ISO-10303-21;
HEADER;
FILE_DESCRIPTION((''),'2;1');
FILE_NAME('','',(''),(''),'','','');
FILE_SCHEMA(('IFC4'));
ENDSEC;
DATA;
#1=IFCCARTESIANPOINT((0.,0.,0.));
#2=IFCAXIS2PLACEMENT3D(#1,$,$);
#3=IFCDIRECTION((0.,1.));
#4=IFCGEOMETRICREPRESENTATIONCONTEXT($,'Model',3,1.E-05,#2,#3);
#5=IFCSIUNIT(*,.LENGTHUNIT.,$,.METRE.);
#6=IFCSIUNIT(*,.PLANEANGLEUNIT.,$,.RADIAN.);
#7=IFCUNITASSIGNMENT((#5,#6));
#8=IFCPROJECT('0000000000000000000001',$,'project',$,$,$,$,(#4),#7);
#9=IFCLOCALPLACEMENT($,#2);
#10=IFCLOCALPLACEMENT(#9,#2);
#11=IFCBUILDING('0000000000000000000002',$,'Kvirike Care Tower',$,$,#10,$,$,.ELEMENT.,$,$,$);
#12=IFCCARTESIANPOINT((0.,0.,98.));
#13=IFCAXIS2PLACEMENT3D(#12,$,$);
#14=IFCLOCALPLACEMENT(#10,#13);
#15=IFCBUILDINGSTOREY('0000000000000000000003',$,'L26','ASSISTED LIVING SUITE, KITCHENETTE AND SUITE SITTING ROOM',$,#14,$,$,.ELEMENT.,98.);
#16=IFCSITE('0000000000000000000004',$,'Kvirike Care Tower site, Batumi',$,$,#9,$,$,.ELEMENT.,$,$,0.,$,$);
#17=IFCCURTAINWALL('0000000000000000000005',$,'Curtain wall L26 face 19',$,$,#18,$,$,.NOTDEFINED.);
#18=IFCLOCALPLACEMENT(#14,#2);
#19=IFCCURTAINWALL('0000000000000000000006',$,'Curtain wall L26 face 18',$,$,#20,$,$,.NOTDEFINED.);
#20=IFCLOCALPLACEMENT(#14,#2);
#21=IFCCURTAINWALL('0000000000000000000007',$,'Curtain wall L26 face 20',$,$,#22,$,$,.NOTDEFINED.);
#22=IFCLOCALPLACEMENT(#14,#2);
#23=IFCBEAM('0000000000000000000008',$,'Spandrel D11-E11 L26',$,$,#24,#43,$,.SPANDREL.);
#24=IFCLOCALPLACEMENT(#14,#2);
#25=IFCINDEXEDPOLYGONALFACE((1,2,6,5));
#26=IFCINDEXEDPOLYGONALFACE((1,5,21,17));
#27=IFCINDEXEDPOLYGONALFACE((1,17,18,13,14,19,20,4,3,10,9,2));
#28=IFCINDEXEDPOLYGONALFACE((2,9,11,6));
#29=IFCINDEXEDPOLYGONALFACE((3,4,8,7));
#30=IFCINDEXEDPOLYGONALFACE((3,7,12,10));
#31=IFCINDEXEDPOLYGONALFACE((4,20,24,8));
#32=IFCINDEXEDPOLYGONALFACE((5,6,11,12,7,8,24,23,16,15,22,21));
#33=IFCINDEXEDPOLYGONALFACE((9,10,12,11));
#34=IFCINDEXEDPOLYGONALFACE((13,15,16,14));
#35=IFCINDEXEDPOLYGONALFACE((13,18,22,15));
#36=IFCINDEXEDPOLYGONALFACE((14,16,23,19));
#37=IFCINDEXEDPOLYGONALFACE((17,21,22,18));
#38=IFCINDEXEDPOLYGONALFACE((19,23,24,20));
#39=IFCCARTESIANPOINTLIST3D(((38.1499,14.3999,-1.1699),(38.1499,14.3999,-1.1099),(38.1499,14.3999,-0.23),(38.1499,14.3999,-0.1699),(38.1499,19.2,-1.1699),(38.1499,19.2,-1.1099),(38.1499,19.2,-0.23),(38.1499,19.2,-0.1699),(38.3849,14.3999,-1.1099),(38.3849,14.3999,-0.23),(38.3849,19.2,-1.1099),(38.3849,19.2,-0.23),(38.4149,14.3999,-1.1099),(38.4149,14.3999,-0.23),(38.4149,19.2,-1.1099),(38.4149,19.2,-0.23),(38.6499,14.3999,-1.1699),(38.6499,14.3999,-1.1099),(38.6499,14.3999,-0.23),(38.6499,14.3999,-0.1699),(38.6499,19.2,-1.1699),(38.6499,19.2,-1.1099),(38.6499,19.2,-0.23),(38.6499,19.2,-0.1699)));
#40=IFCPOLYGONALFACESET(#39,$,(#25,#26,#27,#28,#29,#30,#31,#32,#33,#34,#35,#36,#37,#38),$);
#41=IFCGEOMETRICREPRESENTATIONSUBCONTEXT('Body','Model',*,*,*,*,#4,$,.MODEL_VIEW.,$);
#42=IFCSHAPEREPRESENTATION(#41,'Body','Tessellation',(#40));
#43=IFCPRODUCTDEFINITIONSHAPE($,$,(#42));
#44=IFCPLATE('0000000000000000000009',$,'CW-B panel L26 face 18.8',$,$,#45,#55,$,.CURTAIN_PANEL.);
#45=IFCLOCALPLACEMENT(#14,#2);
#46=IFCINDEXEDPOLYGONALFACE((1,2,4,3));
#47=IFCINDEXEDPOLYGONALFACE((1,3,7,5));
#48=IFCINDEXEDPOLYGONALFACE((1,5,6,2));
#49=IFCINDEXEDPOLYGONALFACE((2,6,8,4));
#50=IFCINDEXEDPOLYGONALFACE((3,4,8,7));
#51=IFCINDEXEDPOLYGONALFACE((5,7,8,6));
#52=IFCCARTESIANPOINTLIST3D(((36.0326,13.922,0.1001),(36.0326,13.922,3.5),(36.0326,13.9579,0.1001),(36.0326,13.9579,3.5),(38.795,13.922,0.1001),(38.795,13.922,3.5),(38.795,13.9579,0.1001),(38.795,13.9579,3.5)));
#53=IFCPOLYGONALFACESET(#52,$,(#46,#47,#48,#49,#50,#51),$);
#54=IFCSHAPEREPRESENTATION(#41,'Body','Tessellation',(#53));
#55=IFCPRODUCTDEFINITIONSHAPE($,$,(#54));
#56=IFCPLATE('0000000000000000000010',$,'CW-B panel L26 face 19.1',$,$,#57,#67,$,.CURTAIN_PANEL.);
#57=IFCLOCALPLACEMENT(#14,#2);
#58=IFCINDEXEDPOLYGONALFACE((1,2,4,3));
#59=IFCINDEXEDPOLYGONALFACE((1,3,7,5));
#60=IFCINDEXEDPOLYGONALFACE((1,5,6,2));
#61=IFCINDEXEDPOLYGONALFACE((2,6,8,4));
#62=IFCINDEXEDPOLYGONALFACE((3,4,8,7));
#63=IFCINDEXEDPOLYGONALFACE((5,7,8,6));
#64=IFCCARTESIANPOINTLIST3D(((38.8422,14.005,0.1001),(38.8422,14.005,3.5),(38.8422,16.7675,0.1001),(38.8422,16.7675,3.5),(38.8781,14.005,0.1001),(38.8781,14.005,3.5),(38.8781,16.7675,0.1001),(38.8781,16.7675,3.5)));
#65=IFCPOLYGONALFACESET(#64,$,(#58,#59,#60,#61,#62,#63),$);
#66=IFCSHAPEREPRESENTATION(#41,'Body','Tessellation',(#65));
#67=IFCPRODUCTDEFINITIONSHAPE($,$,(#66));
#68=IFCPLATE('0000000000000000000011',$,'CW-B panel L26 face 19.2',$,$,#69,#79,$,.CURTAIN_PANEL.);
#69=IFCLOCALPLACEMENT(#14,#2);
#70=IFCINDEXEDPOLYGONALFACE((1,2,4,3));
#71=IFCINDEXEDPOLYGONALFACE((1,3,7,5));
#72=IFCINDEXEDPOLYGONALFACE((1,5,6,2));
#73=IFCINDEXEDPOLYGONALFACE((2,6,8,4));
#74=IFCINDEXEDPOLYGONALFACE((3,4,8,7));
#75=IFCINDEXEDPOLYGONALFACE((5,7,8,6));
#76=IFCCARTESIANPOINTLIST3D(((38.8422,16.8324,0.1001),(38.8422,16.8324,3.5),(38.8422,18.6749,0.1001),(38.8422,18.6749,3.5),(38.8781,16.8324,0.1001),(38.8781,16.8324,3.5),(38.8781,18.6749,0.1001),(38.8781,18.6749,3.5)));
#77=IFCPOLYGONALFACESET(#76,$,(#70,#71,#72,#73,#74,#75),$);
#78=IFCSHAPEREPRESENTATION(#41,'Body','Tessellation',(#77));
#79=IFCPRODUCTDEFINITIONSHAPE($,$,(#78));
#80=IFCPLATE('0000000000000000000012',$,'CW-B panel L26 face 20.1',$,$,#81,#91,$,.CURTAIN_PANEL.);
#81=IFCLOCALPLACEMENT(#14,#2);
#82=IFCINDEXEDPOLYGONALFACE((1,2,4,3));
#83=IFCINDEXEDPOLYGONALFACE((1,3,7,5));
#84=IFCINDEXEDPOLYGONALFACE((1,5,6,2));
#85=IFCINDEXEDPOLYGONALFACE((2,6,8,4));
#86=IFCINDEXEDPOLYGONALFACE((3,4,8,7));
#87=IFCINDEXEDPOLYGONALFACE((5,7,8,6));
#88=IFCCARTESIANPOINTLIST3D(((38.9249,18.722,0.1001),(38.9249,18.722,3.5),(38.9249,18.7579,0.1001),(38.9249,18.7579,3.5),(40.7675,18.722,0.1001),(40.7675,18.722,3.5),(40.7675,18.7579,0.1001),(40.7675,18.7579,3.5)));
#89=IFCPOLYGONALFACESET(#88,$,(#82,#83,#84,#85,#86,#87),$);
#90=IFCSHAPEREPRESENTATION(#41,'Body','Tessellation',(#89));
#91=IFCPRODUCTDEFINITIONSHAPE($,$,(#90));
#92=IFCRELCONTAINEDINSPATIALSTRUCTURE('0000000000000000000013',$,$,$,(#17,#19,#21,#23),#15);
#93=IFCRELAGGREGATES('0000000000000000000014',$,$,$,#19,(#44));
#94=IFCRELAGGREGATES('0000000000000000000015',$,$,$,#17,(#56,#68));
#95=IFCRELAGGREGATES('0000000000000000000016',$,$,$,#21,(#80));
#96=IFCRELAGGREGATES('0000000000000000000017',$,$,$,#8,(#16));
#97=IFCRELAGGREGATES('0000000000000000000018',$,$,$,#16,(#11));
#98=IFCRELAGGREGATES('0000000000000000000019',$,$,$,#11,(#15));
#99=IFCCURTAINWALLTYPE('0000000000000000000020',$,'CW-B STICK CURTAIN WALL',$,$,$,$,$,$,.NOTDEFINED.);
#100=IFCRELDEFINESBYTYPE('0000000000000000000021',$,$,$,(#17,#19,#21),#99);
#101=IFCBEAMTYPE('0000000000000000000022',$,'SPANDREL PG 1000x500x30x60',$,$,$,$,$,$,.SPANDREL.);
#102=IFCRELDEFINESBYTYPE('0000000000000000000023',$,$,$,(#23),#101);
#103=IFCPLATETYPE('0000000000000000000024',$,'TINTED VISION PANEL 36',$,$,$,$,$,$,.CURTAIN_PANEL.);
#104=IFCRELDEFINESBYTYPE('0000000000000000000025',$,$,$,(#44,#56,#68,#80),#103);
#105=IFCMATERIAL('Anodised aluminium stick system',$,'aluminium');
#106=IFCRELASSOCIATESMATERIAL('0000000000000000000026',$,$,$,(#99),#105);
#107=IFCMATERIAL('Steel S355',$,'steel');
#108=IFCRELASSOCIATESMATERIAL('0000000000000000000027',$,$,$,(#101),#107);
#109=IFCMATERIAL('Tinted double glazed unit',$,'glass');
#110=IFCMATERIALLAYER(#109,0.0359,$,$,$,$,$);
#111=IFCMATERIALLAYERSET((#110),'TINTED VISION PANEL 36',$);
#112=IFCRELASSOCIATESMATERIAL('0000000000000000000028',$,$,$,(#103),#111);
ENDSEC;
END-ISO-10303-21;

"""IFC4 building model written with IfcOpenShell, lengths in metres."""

from ifc_helpers import new_model, si_unit, direction, frame, origin, origin_2d, place, context, subcontext, project, spatial, rectangle, i_section, extrude, material, layer, layer_set, material_profile, profile_set, type_object, element, aggregate, save


model = new_model("IFC4")

# Units and contexts
model_context = context("Model", 3, precision=1e-05, world=origin(), true_north=direction((0.0, 1.0)))
body_context = subcontext(model_context, "Body", "Model", "MODEL_VIEW")
ifc_project = project(units=[si_unit("LENGTHUNIT", "METRE"), si_unit("PLANEANGLEUNIT", "RADIAN")], contexts=[model_context])

# Site, building, storey
site_placement = place(None, origin())
site = spatial("IfcSite", under=ifc_project, at=site_placement, Name="Kvirike Care Tower site, Batumi", CompositionType="ELEMENT", RefElevation=0.0)
building_placement = place(site_placement, origin())
building = spatial("IfcBuilding", under=site, at=building_placement, Name="Kvirike Care Tower", CompositionType="ELEMENT")
storey_placement = place(building_placement, frame((0.0, 0.0, 98.0)))
storey = spatial("IfcBuildingStorey", under=building, at=storey_placement, Name="L26", Description="ASSISTED LIVING SUITE, KITCHENETTE AND SUITE SITTING ROOM", CompositionType="ELEMENT", Elevation=98.0)

# Curtain wall
ifc_material_1 = material(Name="Anodised aluminium stick system", Category="aluminium")
curtain_wall_type = type_object("IfcCurtainWallType", Name="CW-B STICK CURTAIN WALL", PredefinedType="NOTDEFINED", material=ifc_material_1)
curtain_wall_1_placement = place(storey_placement, origin())
curtain_wall_1 = element("IfcCurtainWall", 1, at=curtain_wall_1_placement, inside=storey, type_object=curtain_wall_type, Name="Curtain wall L26 face 19", PredefinedType="NOTDEFINED")

# Curtain wall
curtain_wall_2_placement = place(storey_placement, origin())
curtain_wall_2 = element("IfcCurtainWall", 2, at=curtain_wall_2_placement, inside=storey, type_object=curtain_wall_type, Name="Curtain wall L26 face 18", PredefinedType="NOTDEFINED")

# Curtain wall
curtain_wall_3_placement = place(storey_placement, origin())
curtain_wall_3 = element("IfcCurtainWall", 3, at=curtain_wall_3_placement, inside=storey, type_object=curtain_wall_type, Name="Curtain wall L26 face 20", PredefinedType="NOTDEFINED")

# Beam
ifc_material_2 = material(Name="Steel S355", Category="steel")
ifc_material_profile_1 = material_profile(ifc_material_2, i_section(OverallWidth=0.5, OverallDepth=1.0, WebThickness=0.03, FlangeThickness=0.0601, at=origin_2d()), Name="PG 1000x500x30x60")
ifc_profile_set_1 = profile_set([ifc_material_profile_1], Name="Steel S355")
beam_type = type_object("IfcBeamType", Name="SPANDREL PG 1000x500x30x60", PredefinedType="SPANDREL", material=ifc_profile_set_1)
beam_placement = place(storey_placement, frame((38.3999, 14.3999, -0.6699), z_axis=(0.0, 1.0, 0.0), x_axis=(-1.0, 0.0, 0.0)))
element("IfcBeam", 4, at=beam_placement, inside=storey, type_object=beam_type, Name="Spandrel D11-E11 L26", PredefinedType="SPANDREL", context=body_context, shape_type="SweptSolid", body=[
    extrude(i_section(OverallWidth=0.5, OverallDepth=1.0, WebThickness=0.03, FlangeThickness=0.0601, at=origin_2d()), origin(), (0.0, 0.0, 1.0), 4.8),
])

# Plates
ifc_material_3 = material(Name="Tinted double glazed unit", Category="glass")
ifc_layer = layer(ifc_material_3, 0.0359)
ifc_layer_set = layer_set([ifc_layer], Name="TINTED VISION PANEL 36")
plate_type = type_object("IfcPlateType", Name="TINTED VISION PANEL 36", PredefinedType="CURTAIN_PANEL", material=ifc_layer_set)
plate_1_placement = place(storey_placement, frame((37.4138, 13.9399, 0.1001), z_axis=(0.0, 0.0, 1.0), x_axis=(1.0, 0.0, 0.0)))
plate_1 = element("IfcPlate", 5, at=plate_1_placement, type_object=plate_type, Name="CW-B panel L26 face 18.8", PredefinedType="CURTAIN_PANEL", context=body_context, shape_type="SweptSolid", body=[
    extrude(rectangle(XDim=2.7625, YDim=0.0359, at=origin_2d()), origin(), (0.0, 0.0, 1.0), 3.3999),
])
aggregate(curtain_wall_2, [plate_1])
plate_2_placement = place(storey_placement, frame((38.8601, 15.3862, 0.1001), z_axis=(0.0, 0.0, 1.0), x_axis=(0.0, 1.0, 0.0)))
plate_2 = element("IfcPlate", 6, at=plate_2_placement, type_object=plate_type, Name="CW-B panel L26 face 19.1", PredefinedType="CURTAIN_PANEL", context=body_context, shape_type="SweptSolid", body=[
    extrude(rectangle(XDim=2.7625, YDim=0.0359, at=origin_2d()), origin(), (0.0, 0.0, 1.0), 3.3999),
])
plate_3_placement = place(storey_placement, frame((38.8601, 17.7537, 0.1001), z_axis=(0.0, 0.0, 1.0), x_axis=(0.0, 1.0, 0.0)))
plate_3 = element("IfcPlate", 7, at=plate_3_placement, type_object=plate_type, Name="CW-B panel L26 face 19.2", PredefinedType="CURTAIN_PANEL", context=body_context, shape_type="SweptSolid", body=[
    extrude(rectangle(XDim=1.8425, YDim=0.0359, at=origin_2d()), origin(), (0.0, 0.0, 1.0), 3.3999),
])
aggregate(curtain_wall_1, [plate_2, plate_3])
plate_4_placement = place(storey_placement, frame((39.8462, 18.74, 0.1001), z_axis=(0.0, 0.0, 1.0), x_axis=(1.0, 0.0, 0.0)))
plate_4 = element("IfcPlate", 8, at=plate_4_placement, type_object=plate_type, Name="CW-B panel L26 face 20.1", PredefinedType="CURTAIN_PANEL", context=body_context, shape_type="SweptSolid", body=[
    extrude(rectangle(XDim=1.8425, YDim=0.0359, at=origin_2d()), origin(), (0.0, 0.0, 1.0), 3.3999),
])
aggregate(curtain_wall_3, [plate_4])

save(model, "model.ifc")
